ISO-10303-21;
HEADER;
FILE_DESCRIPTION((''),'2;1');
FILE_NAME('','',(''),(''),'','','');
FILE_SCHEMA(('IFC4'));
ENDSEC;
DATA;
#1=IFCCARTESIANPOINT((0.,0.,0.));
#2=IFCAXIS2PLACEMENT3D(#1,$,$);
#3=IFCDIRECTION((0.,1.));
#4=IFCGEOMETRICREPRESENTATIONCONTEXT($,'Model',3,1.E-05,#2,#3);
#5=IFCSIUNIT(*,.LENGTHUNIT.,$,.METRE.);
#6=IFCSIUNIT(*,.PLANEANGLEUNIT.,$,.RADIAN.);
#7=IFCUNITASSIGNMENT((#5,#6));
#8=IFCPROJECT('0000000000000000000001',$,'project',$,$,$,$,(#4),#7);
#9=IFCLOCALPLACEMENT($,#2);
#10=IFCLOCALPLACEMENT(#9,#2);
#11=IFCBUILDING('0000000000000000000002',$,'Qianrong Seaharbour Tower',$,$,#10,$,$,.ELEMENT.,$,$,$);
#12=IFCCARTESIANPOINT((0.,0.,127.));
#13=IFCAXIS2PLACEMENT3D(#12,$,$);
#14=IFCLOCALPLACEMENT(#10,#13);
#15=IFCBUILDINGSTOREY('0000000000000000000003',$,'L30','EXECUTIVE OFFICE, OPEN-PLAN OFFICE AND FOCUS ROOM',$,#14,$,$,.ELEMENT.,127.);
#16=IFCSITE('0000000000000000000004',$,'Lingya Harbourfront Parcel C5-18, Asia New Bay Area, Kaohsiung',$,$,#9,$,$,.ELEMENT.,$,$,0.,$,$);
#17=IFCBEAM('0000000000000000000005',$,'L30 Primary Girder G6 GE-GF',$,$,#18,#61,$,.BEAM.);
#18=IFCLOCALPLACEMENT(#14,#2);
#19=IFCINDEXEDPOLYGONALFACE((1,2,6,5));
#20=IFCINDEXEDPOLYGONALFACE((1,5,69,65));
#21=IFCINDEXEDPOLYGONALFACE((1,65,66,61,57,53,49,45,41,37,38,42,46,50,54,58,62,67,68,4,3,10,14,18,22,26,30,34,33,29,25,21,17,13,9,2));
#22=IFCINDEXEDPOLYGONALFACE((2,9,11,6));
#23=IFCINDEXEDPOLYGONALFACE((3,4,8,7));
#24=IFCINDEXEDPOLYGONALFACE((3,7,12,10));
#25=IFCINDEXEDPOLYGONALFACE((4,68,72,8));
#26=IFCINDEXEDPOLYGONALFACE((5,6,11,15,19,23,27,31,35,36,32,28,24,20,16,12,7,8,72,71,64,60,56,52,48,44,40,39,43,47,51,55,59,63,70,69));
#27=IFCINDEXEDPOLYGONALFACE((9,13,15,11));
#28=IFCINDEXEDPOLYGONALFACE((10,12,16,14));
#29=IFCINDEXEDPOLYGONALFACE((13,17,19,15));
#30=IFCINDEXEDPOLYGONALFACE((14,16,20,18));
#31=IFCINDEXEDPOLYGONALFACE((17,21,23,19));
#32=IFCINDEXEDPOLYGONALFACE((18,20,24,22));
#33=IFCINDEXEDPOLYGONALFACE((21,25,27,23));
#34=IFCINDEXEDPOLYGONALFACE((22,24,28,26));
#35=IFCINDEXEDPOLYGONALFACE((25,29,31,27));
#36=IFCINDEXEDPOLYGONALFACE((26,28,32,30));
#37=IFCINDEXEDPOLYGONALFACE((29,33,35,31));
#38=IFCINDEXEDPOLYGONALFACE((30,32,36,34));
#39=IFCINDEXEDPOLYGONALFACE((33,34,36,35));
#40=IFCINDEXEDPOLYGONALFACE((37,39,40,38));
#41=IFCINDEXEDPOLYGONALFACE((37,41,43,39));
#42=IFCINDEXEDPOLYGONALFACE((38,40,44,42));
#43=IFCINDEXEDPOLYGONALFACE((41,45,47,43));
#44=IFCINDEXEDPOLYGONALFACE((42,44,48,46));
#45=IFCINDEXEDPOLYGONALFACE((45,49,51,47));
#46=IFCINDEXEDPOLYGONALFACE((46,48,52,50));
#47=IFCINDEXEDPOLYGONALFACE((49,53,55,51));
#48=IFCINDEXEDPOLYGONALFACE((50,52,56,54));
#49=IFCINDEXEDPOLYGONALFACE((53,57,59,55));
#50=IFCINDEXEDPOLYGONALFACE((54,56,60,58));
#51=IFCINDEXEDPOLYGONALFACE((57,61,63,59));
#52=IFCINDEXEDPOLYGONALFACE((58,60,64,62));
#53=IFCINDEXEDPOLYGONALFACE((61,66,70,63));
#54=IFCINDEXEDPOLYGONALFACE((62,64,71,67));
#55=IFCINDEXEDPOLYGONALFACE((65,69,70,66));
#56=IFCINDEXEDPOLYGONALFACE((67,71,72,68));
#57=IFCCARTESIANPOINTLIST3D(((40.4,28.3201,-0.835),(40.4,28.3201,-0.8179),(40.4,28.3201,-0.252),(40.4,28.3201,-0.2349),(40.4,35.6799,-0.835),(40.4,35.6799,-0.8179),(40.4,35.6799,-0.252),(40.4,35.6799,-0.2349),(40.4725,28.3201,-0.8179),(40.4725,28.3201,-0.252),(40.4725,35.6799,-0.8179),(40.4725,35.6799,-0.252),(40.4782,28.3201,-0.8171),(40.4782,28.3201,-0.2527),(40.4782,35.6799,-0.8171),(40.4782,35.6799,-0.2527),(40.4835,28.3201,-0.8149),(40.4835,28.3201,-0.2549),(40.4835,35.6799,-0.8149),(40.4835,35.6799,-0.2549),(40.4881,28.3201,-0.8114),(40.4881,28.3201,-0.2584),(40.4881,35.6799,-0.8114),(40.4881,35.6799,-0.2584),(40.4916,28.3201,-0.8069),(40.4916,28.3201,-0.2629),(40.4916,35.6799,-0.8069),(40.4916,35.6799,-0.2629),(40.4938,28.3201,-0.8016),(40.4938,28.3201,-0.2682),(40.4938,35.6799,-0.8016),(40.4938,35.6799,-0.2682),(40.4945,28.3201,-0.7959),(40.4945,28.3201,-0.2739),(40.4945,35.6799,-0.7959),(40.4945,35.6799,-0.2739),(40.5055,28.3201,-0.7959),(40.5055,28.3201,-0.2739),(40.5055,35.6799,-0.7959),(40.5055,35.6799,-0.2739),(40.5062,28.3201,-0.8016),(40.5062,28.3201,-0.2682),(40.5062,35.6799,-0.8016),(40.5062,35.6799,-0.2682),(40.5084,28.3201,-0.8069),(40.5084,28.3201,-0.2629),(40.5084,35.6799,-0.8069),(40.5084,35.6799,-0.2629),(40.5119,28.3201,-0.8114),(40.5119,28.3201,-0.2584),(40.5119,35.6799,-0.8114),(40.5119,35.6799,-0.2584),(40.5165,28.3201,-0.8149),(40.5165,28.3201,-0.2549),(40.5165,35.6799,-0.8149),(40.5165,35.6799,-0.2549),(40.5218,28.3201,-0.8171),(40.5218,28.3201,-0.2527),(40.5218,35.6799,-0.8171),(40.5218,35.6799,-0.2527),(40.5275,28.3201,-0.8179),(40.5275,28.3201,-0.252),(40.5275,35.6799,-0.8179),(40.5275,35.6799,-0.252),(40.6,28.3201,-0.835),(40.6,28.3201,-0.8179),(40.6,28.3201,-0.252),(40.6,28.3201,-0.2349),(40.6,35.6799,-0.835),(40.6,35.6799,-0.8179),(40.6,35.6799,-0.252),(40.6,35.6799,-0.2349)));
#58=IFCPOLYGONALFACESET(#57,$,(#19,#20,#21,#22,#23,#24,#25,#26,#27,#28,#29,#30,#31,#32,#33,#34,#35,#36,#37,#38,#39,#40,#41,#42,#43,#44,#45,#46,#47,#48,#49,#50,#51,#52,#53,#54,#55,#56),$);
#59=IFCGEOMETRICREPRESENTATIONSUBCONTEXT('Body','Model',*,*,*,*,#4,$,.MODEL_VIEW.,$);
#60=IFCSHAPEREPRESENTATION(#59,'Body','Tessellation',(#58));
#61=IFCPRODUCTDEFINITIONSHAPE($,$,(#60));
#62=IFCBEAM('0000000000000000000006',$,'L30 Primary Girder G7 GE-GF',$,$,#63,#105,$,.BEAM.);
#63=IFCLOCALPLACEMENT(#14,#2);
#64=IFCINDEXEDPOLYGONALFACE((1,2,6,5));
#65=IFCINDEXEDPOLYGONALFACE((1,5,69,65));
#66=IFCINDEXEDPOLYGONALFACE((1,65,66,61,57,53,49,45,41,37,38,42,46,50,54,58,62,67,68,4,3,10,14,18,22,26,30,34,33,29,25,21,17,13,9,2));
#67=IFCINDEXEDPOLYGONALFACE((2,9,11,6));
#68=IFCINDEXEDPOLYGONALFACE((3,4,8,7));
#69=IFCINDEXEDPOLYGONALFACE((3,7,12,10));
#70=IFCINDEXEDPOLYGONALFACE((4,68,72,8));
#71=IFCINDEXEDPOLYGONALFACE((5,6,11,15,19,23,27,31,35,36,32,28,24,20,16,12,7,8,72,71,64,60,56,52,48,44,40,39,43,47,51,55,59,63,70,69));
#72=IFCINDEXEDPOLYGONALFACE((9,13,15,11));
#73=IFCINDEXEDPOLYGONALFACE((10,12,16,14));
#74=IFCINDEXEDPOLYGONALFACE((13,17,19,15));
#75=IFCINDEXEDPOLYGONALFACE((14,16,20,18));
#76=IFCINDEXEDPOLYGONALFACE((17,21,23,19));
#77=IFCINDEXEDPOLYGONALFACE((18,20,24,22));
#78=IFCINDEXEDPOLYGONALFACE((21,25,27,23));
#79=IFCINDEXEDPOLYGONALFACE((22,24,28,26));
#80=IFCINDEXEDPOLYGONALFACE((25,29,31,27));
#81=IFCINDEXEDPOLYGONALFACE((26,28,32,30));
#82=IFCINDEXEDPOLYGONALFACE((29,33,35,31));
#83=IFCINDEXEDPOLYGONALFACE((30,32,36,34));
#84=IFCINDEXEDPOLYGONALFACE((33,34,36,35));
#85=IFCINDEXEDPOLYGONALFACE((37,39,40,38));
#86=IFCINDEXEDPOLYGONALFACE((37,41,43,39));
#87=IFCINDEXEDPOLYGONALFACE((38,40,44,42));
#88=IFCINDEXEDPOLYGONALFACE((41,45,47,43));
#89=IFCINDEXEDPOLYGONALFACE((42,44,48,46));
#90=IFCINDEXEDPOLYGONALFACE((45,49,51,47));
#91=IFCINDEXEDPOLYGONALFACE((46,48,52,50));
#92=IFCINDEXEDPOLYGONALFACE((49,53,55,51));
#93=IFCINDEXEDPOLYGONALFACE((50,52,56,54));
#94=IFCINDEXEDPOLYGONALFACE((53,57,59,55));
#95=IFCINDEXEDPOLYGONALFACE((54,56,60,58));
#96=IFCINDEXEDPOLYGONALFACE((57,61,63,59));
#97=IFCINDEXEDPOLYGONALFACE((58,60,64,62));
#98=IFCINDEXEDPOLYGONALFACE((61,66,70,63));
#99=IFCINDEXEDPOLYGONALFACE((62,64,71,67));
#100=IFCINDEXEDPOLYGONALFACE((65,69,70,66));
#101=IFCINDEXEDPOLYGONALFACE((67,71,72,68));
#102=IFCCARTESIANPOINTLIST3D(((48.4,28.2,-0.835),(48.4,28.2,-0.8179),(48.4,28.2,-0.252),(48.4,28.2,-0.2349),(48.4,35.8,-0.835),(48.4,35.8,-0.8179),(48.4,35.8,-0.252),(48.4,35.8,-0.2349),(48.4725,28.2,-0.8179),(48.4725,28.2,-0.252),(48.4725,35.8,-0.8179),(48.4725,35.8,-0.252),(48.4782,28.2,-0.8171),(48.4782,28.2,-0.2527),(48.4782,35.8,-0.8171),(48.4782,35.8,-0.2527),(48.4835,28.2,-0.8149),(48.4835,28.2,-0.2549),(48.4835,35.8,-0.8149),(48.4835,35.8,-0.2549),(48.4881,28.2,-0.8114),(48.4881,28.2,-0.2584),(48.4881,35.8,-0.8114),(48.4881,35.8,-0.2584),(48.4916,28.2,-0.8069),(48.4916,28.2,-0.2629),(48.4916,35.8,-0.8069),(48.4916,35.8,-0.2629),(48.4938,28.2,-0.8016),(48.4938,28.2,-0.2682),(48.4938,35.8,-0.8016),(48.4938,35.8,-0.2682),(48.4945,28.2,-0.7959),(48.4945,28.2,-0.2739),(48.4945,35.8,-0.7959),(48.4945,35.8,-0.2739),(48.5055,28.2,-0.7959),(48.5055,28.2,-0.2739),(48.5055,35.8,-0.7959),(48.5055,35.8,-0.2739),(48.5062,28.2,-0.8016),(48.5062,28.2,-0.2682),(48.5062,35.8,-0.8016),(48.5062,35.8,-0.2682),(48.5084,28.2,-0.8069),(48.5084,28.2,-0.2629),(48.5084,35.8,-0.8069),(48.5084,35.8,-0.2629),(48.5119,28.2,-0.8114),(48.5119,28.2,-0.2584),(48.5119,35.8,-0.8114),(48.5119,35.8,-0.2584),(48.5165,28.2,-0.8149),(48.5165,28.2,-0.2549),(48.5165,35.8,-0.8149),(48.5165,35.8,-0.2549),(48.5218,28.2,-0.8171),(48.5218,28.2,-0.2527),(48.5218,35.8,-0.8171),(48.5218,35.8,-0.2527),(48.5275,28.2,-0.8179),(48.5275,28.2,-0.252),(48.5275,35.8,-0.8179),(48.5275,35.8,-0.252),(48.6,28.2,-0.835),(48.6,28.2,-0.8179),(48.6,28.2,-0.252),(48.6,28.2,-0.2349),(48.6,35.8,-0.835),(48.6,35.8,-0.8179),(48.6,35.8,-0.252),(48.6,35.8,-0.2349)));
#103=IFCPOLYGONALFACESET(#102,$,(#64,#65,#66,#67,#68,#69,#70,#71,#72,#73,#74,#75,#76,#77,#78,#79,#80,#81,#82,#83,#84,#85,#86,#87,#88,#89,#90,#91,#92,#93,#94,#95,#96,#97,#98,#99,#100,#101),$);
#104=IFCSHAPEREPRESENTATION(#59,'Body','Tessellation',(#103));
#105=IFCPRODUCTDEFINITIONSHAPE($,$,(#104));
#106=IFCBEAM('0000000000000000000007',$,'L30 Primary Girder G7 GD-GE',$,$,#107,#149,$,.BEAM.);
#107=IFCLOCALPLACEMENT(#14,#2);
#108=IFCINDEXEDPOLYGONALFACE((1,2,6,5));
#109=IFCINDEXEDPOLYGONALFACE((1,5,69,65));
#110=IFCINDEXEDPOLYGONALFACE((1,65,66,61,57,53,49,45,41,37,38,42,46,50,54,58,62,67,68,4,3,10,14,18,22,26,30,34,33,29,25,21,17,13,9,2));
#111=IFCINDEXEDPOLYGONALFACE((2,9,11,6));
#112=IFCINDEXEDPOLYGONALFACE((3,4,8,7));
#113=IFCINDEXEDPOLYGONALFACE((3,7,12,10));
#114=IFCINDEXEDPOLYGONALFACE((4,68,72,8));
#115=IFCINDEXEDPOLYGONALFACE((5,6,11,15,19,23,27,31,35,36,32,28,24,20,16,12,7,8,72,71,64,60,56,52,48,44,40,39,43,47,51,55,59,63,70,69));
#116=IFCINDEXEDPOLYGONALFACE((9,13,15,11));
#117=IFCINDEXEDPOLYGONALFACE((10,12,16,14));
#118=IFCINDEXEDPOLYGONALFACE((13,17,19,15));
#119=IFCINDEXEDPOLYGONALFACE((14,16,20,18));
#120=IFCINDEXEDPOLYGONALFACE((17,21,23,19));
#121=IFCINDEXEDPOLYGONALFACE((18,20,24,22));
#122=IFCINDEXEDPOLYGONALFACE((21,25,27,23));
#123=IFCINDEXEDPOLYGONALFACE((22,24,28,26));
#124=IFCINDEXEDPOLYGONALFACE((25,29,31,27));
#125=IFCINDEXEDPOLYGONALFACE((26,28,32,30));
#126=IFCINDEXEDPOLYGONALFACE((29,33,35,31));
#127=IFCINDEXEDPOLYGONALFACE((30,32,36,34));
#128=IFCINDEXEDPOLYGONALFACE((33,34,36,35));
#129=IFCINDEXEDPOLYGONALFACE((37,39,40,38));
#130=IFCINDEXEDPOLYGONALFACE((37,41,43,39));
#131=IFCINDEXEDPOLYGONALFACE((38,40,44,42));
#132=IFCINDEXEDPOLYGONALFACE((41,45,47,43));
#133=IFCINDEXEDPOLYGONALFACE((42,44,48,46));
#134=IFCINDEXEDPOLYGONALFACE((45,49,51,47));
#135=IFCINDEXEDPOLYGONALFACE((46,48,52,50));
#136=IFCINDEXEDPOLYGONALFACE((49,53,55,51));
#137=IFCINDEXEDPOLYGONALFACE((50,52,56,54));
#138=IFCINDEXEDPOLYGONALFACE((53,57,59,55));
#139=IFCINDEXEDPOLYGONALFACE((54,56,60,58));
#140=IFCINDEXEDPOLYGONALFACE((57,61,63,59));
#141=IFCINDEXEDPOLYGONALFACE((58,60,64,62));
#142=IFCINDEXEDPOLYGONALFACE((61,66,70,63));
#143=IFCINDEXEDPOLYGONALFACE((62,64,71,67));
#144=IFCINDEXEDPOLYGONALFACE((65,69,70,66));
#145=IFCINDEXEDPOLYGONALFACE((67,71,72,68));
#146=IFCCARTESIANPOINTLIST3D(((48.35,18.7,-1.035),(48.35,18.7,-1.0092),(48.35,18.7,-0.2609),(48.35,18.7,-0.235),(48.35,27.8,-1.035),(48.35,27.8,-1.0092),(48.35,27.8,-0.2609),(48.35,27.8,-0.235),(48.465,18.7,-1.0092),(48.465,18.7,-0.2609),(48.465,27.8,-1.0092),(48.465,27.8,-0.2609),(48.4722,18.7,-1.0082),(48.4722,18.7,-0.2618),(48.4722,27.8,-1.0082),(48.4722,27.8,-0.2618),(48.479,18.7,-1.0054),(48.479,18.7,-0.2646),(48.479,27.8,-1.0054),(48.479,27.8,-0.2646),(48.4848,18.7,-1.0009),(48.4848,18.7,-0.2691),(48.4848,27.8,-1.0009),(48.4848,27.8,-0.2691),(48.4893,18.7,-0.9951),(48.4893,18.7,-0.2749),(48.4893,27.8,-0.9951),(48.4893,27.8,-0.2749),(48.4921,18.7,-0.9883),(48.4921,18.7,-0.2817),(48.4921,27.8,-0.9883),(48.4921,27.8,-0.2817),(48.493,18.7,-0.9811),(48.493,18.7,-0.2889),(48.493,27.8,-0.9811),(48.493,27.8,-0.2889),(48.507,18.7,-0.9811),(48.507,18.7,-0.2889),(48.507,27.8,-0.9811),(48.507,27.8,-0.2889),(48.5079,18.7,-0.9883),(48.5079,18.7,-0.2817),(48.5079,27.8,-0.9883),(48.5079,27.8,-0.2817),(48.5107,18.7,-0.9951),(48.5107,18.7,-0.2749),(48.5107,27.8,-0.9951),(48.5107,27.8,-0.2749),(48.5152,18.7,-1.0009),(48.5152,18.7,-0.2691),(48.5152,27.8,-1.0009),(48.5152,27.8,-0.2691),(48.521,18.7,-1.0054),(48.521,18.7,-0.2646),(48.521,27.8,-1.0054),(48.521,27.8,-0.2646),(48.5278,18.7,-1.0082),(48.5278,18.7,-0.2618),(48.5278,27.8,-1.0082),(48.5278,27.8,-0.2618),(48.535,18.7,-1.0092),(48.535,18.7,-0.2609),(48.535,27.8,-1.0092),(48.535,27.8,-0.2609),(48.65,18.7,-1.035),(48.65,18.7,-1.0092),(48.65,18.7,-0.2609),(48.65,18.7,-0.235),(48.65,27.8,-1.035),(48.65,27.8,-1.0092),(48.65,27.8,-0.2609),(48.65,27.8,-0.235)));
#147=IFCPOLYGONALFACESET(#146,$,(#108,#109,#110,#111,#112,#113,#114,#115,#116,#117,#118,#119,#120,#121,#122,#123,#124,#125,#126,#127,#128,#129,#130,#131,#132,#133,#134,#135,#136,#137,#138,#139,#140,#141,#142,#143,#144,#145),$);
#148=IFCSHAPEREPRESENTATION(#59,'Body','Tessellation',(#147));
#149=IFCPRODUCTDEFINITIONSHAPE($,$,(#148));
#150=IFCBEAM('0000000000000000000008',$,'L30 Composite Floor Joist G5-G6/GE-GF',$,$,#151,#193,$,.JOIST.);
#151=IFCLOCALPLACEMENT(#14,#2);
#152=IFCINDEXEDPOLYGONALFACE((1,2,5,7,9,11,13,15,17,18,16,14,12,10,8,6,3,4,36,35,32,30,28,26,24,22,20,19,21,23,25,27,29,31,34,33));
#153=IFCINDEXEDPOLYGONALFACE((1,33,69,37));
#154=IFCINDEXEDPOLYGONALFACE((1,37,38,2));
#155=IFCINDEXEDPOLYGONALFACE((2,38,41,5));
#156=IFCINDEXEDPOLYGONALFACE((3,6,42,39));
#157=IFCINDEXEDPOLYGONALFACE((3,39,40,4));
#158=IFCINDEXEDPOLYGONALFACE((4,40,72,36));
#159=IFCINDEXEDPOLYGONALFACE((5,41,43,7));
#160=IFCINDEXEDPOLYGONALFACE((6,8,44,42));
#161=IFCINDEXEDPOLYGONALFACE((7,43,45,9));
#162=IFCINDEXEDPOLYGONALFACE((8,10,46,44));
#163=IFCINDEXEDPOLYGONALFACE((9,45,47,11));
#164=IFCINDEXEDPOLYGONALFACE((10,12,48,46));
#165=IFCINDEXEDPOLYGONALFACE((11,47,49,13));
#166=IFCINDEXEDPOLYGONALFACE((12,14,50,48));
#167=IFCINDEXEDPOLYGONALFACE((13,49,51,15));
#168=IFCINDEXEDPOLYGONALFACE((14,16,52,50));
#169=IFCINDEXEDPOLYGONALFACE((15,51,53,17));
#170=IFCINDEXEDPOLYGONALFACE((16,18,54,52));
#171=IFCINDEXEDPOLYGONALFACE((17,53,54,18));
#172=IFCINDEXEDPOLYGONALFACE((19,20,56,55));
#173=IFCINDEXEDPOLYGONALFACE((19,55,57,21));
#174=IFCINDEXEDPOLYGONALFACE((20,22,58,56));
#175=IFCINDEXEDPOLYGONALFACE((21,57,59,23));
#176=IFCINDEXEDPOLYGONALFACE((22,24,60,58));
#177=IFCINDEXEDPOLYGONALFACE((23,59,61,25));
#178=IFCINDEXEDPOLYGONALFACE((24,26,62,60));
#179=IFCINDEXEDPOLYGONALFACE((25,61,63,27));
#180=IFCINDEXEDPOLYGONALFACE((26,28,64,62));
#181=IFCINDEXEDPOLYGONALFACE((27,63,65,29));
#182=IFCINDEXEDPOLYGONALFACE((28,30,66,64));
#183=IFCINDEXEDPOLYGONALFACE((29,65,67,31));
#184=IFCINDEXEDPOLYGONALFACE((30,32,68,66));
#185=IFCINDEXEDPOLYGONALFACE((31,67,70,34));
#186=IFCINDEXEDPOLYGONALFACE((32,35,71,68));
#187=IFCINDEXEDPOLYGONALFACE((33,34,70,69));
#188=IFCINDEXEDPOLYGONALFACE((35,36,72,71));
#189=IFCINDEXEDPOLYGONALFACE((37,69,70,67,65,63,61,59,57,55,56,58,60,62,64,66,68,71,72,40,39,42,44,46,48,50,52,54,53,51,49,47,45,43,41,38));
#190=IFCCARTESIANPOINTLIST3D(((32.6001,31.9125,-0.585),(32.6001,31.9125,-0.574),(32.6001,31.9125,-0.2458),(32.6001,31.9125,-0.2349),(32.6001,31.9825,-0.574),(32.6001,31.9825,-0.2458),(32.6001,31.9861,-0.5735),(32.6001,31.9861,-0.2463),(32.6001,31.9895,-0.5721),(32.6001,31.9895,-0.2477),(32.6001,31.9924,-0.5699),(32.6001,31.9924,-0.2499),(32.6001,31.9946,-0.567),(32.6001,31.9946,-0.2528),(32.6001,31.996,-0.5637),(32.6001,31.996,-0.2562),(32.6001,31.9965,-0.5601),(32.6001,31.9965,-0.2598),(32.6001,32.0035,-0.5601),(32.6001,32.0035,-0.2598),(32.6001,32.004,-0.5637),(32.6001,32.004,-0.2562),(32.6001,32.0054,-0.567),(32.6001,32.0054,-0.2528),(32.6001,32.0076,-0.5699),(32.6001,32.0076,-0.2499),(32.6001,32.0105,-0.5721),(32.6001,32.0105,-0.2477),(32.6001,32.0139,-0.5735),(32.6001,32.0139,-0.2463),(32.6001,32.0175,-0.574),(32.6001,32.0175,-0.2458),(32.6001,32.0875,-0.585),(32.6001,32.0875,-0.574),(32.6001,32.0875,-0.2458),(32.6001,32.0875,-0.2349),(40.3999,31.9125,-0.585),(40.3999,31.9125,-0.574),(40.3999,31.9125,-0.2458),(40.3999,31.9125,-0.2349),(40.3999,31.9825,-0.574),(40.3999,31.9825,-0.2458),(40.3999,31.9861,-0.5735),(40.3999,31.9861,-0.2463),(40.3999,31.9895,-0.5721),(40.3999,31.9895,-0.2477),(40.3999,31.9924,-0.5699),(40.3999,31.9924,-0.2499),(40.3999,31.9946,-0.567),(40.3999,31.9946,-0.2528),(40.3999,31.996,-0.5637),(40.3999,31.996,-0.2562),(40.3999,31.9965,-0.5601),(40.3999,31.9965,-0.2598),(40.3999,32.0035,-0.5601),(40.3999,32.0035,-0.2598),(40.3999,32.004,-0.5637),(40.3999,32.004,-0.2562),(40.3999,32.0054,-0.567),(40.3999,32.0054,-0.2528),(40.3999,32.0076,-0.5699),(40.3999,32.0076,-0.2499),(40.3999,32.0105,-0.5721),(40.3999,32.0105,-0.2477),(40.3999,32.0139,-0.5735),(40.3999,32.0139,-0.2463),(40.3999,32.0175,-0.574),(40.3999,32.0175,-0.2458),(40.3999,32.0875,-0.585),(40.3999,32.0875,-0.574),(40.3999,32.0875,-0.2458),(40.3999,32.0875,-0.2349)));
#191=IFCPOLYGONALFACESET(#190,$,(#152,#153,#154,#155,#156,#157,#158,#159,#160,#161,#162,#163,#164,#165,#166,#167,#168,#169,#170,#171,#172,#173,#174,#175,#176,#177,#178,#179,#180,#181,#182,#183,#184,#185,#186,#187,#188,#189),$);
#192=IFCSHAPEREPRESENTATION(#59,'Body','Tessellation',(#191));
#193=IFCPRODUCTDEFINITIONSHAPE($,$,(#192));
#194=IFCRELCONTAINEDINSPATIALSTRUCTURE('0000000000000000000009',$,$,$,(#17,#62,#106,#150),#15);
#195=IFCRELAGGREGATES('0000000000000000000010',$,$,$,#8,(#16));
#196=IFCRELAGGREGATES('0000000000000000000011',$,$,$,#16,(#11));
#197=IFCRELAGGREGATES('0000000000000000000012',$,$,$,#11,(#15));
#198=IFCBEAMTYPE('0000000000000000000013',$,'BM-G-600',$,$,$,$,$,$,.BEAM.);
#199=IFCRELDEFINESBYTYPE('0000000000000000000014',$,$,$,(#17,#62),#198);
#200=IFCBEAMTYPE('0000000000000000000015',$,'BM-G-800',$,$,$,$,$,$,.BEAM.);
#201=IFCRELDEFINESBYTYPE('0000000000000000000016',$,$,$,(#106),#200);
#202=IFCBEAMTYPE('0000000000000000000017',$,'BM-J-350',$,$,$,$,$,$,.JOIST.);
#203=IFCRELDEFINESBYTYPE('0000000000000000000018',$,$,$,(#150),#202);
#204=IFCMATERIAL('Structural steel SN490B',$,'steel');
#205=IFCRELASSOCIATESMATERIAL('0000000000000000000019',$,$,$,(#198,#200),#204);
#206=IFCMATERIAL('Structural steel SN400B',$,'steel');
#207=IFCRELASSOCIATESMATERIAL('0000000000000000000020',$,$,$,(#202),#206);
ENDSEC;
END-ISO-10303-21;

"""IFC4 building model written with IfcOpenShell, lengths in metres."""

from ifc_helpers import new_model, si_unit, direction, frame, origin, origin_2d, place, context, subcontext, project, spatial, i_section, extrude, material, material_profile, profile_set, type_object, element, save


model = new_model("IFC4")

# Units and contexts
model_context = context("Model", 3, precision=1e-05, world=origin(), true_north=direction((0.0, 1.0)))
body_context = subcontext(model_context, "Body", "Model", "MODEL_VIEW")
ifc_project = project(units=[si_unit("LENGTHUNIT", "METRE"), si_unit("PLANEANGLEUNIT", "RADIAN")], contexts=[model_context])

# Site, building, storey
site_placement = place(None, origin())
site = spatial("IfcSite", under=ifc_project, at=site_placement, Name="Lingya Harbourfront Parcel C5-18, Asia New Bay Area, Kaohsiung", CompositionType="ELEMENT", RefElevation=0.0)
building_placement = place(site_placement, origin())
building = spatial("IfcBuilding", under=site, at=building_placement, Name="Qianrong Seaharbour Tower", CompositionType="ELEMENT")
storey_placement = place(building_placement, frame((0.0, 0.0, 127.0)))
storey = spatial("IfcBuildingStorey", under=building, at=storey_placement, Name="L30", Description="EXECUTIVE OFFICE, OPEN-PLAN OFFICE AND FOCUS ROOM", CompositionType="ELEMENT", Elevation=127.0)

# Shared definitions
ifc_material_1 = material(Name="Structural steel SN490B", Category="steel")

# Beams
ifc_material_profile_1 = material_profile(ifc_material_1, i_section(OverallWidth=0.2, OverallDepth=0.6001, WebThickness=0.011, FlangeThickness=0.0171, FilletRadius=0.022, at=origin_2d()), Name="H600x200x11x17")
ifc_profile_set_1 = profile_set([ifc_material_profile_1], Name="Structural steel SN490B")
beam_type_1 = type_object("IfcBeamType", Name="BM-G-600", PredefinedType="BEAM", material=ifc_profile_set_1)
for number, where, z_axis, x_axis, name in (
    (1, (40.5, 28.3201, -0.5349), (0.0, 1.0, 0.0), (-1.0, 0.0, 0.0), "L30 Primary Girder G6 GE-GF"),
):
    element("IfcBeam", number, at=place(storey_placement, frame(where, z_axis=z_axis, x_axis=x_axis)), inside=storey, type_object=beam_type_1, Name=name, PredefinedType="BEAM", context=body_context, shape_type="SweptSolid", body=[
        extrude(i_section(OverallWidth=0.2, OverallDepth=0.6001, WebThickness=0.011, FlangeThickness=0.0171, FilletRadius=0.022, at=origin_2d()), origin(), (0.0, 0.0, 1.0), 7.3599),
    ])
beam_1_placement = place(storey_placement, frame((48.5, 28.2, -0.5349), z_axis=(0.0, 1.0, 0.0), x_axis=(-1.0, 0.0, 0.0)))
element("IfcBeam", 2, at=beam_1_placement, inside=storey, type_object=beam_type_1, Name="L30 Primary Girder G7 GE-GF", PredefinedType="BEAM", context=body_context, shape_type="SweptSolid", body=[
    extrude(i_section(OverallWidth=0.2, OverallDepth=0.6001, WebThickness=0.011, FlangeThickness=0.0171, FilletRadius=0.022, at=origin_2d()), origin(), (0.0, 0.0, 1.0), 7.6001),
])
ifc_material_profile_2 = material_profile(ifc_material_1, i_section(OverallWidth=0.3, OverallDepth=0.8, WebThickness=0.0139, FlangeThickness=0.0259, FilletRadius=0.0281, at=origin_2d()), Name="H800x300x14x26")
ifc_profile_set_2 = profile_set([ifc_material_profile_2], Name="Structural steel SN490B")
beam_type_2 = type_object("IfcBeamType", Name="BM-G-800", PredefinedType="BEAM", material=ifc_profile_set_2)
beam_2_placement = place(storey_placement, frame((48.5, 18.7, -0.635), z_axis=(0.0, 1.0, 0.0), x_axis=(-1.0, 0.0, 0.0)))
element("IfcBeam", 3, at=beam_2_placement, inside=storey, type_object=beam_type_2, Name="L30 Primary Girder G7 GD-GE", PredefinedType="BEAM", context=body_context, shape_type="SweptSolid", body=[
    extrude(i_section(OverallWidth=0.3, OverallDepth=0.8, WebThickness=0.0139, FlangeThickness=0.0259, FilletRadius=0.0281, at=origin_2d()), origin(), (0.0, 0.0, 1.0), 9.1001),
])
ifc_material_2 = material(Name="Structural steel SN400B", Category="steel")
ifc_material_profile_3 = material_profile(ifc_material_2, i_section(OverallWidth=0.175, OverallDepth=0.3501, WebThickness=0.0071, FlangeThickness=0.011, FilletRadius=0.0139, at=origin_2d()), Name="H350x175x7x11")
ifc_profile_set_3 = profile_set([ifc_material_profile_3], Name="Structural steel SN400B")
beam_type_3 = type_object("IfcBeamType", Name="BM-J-350", PredefinedType="JOIST", material=ifc_profile_set_3)
beam_3_placement = place(storey_placement, frame((32.6001, 32.0, -0.4099), z_axis=(1.0, 0.0, 0.0), x_axis=(0.0, 1.0, 0.0)))
element("IfcBeam", 4, at=beam_3_placement, inside=storey, type_object=beam_type_3, Name="L30 Composite Floor Joist G5-G6/GE-GF", PredefinedType="JOIST", context=body_context, shape_type="SweptSolid", body=[
    extrude(i_section(OverallWidth=0.175, OverallDepth=0.3501, WebThickness=0.0071, FlangeThickness=0.011, FilletRadius=0.0139, at=origin_2d()), origin(), (0.0, 0.0, 1.0), 7.7998),
])

save(model, "model.ifc")
